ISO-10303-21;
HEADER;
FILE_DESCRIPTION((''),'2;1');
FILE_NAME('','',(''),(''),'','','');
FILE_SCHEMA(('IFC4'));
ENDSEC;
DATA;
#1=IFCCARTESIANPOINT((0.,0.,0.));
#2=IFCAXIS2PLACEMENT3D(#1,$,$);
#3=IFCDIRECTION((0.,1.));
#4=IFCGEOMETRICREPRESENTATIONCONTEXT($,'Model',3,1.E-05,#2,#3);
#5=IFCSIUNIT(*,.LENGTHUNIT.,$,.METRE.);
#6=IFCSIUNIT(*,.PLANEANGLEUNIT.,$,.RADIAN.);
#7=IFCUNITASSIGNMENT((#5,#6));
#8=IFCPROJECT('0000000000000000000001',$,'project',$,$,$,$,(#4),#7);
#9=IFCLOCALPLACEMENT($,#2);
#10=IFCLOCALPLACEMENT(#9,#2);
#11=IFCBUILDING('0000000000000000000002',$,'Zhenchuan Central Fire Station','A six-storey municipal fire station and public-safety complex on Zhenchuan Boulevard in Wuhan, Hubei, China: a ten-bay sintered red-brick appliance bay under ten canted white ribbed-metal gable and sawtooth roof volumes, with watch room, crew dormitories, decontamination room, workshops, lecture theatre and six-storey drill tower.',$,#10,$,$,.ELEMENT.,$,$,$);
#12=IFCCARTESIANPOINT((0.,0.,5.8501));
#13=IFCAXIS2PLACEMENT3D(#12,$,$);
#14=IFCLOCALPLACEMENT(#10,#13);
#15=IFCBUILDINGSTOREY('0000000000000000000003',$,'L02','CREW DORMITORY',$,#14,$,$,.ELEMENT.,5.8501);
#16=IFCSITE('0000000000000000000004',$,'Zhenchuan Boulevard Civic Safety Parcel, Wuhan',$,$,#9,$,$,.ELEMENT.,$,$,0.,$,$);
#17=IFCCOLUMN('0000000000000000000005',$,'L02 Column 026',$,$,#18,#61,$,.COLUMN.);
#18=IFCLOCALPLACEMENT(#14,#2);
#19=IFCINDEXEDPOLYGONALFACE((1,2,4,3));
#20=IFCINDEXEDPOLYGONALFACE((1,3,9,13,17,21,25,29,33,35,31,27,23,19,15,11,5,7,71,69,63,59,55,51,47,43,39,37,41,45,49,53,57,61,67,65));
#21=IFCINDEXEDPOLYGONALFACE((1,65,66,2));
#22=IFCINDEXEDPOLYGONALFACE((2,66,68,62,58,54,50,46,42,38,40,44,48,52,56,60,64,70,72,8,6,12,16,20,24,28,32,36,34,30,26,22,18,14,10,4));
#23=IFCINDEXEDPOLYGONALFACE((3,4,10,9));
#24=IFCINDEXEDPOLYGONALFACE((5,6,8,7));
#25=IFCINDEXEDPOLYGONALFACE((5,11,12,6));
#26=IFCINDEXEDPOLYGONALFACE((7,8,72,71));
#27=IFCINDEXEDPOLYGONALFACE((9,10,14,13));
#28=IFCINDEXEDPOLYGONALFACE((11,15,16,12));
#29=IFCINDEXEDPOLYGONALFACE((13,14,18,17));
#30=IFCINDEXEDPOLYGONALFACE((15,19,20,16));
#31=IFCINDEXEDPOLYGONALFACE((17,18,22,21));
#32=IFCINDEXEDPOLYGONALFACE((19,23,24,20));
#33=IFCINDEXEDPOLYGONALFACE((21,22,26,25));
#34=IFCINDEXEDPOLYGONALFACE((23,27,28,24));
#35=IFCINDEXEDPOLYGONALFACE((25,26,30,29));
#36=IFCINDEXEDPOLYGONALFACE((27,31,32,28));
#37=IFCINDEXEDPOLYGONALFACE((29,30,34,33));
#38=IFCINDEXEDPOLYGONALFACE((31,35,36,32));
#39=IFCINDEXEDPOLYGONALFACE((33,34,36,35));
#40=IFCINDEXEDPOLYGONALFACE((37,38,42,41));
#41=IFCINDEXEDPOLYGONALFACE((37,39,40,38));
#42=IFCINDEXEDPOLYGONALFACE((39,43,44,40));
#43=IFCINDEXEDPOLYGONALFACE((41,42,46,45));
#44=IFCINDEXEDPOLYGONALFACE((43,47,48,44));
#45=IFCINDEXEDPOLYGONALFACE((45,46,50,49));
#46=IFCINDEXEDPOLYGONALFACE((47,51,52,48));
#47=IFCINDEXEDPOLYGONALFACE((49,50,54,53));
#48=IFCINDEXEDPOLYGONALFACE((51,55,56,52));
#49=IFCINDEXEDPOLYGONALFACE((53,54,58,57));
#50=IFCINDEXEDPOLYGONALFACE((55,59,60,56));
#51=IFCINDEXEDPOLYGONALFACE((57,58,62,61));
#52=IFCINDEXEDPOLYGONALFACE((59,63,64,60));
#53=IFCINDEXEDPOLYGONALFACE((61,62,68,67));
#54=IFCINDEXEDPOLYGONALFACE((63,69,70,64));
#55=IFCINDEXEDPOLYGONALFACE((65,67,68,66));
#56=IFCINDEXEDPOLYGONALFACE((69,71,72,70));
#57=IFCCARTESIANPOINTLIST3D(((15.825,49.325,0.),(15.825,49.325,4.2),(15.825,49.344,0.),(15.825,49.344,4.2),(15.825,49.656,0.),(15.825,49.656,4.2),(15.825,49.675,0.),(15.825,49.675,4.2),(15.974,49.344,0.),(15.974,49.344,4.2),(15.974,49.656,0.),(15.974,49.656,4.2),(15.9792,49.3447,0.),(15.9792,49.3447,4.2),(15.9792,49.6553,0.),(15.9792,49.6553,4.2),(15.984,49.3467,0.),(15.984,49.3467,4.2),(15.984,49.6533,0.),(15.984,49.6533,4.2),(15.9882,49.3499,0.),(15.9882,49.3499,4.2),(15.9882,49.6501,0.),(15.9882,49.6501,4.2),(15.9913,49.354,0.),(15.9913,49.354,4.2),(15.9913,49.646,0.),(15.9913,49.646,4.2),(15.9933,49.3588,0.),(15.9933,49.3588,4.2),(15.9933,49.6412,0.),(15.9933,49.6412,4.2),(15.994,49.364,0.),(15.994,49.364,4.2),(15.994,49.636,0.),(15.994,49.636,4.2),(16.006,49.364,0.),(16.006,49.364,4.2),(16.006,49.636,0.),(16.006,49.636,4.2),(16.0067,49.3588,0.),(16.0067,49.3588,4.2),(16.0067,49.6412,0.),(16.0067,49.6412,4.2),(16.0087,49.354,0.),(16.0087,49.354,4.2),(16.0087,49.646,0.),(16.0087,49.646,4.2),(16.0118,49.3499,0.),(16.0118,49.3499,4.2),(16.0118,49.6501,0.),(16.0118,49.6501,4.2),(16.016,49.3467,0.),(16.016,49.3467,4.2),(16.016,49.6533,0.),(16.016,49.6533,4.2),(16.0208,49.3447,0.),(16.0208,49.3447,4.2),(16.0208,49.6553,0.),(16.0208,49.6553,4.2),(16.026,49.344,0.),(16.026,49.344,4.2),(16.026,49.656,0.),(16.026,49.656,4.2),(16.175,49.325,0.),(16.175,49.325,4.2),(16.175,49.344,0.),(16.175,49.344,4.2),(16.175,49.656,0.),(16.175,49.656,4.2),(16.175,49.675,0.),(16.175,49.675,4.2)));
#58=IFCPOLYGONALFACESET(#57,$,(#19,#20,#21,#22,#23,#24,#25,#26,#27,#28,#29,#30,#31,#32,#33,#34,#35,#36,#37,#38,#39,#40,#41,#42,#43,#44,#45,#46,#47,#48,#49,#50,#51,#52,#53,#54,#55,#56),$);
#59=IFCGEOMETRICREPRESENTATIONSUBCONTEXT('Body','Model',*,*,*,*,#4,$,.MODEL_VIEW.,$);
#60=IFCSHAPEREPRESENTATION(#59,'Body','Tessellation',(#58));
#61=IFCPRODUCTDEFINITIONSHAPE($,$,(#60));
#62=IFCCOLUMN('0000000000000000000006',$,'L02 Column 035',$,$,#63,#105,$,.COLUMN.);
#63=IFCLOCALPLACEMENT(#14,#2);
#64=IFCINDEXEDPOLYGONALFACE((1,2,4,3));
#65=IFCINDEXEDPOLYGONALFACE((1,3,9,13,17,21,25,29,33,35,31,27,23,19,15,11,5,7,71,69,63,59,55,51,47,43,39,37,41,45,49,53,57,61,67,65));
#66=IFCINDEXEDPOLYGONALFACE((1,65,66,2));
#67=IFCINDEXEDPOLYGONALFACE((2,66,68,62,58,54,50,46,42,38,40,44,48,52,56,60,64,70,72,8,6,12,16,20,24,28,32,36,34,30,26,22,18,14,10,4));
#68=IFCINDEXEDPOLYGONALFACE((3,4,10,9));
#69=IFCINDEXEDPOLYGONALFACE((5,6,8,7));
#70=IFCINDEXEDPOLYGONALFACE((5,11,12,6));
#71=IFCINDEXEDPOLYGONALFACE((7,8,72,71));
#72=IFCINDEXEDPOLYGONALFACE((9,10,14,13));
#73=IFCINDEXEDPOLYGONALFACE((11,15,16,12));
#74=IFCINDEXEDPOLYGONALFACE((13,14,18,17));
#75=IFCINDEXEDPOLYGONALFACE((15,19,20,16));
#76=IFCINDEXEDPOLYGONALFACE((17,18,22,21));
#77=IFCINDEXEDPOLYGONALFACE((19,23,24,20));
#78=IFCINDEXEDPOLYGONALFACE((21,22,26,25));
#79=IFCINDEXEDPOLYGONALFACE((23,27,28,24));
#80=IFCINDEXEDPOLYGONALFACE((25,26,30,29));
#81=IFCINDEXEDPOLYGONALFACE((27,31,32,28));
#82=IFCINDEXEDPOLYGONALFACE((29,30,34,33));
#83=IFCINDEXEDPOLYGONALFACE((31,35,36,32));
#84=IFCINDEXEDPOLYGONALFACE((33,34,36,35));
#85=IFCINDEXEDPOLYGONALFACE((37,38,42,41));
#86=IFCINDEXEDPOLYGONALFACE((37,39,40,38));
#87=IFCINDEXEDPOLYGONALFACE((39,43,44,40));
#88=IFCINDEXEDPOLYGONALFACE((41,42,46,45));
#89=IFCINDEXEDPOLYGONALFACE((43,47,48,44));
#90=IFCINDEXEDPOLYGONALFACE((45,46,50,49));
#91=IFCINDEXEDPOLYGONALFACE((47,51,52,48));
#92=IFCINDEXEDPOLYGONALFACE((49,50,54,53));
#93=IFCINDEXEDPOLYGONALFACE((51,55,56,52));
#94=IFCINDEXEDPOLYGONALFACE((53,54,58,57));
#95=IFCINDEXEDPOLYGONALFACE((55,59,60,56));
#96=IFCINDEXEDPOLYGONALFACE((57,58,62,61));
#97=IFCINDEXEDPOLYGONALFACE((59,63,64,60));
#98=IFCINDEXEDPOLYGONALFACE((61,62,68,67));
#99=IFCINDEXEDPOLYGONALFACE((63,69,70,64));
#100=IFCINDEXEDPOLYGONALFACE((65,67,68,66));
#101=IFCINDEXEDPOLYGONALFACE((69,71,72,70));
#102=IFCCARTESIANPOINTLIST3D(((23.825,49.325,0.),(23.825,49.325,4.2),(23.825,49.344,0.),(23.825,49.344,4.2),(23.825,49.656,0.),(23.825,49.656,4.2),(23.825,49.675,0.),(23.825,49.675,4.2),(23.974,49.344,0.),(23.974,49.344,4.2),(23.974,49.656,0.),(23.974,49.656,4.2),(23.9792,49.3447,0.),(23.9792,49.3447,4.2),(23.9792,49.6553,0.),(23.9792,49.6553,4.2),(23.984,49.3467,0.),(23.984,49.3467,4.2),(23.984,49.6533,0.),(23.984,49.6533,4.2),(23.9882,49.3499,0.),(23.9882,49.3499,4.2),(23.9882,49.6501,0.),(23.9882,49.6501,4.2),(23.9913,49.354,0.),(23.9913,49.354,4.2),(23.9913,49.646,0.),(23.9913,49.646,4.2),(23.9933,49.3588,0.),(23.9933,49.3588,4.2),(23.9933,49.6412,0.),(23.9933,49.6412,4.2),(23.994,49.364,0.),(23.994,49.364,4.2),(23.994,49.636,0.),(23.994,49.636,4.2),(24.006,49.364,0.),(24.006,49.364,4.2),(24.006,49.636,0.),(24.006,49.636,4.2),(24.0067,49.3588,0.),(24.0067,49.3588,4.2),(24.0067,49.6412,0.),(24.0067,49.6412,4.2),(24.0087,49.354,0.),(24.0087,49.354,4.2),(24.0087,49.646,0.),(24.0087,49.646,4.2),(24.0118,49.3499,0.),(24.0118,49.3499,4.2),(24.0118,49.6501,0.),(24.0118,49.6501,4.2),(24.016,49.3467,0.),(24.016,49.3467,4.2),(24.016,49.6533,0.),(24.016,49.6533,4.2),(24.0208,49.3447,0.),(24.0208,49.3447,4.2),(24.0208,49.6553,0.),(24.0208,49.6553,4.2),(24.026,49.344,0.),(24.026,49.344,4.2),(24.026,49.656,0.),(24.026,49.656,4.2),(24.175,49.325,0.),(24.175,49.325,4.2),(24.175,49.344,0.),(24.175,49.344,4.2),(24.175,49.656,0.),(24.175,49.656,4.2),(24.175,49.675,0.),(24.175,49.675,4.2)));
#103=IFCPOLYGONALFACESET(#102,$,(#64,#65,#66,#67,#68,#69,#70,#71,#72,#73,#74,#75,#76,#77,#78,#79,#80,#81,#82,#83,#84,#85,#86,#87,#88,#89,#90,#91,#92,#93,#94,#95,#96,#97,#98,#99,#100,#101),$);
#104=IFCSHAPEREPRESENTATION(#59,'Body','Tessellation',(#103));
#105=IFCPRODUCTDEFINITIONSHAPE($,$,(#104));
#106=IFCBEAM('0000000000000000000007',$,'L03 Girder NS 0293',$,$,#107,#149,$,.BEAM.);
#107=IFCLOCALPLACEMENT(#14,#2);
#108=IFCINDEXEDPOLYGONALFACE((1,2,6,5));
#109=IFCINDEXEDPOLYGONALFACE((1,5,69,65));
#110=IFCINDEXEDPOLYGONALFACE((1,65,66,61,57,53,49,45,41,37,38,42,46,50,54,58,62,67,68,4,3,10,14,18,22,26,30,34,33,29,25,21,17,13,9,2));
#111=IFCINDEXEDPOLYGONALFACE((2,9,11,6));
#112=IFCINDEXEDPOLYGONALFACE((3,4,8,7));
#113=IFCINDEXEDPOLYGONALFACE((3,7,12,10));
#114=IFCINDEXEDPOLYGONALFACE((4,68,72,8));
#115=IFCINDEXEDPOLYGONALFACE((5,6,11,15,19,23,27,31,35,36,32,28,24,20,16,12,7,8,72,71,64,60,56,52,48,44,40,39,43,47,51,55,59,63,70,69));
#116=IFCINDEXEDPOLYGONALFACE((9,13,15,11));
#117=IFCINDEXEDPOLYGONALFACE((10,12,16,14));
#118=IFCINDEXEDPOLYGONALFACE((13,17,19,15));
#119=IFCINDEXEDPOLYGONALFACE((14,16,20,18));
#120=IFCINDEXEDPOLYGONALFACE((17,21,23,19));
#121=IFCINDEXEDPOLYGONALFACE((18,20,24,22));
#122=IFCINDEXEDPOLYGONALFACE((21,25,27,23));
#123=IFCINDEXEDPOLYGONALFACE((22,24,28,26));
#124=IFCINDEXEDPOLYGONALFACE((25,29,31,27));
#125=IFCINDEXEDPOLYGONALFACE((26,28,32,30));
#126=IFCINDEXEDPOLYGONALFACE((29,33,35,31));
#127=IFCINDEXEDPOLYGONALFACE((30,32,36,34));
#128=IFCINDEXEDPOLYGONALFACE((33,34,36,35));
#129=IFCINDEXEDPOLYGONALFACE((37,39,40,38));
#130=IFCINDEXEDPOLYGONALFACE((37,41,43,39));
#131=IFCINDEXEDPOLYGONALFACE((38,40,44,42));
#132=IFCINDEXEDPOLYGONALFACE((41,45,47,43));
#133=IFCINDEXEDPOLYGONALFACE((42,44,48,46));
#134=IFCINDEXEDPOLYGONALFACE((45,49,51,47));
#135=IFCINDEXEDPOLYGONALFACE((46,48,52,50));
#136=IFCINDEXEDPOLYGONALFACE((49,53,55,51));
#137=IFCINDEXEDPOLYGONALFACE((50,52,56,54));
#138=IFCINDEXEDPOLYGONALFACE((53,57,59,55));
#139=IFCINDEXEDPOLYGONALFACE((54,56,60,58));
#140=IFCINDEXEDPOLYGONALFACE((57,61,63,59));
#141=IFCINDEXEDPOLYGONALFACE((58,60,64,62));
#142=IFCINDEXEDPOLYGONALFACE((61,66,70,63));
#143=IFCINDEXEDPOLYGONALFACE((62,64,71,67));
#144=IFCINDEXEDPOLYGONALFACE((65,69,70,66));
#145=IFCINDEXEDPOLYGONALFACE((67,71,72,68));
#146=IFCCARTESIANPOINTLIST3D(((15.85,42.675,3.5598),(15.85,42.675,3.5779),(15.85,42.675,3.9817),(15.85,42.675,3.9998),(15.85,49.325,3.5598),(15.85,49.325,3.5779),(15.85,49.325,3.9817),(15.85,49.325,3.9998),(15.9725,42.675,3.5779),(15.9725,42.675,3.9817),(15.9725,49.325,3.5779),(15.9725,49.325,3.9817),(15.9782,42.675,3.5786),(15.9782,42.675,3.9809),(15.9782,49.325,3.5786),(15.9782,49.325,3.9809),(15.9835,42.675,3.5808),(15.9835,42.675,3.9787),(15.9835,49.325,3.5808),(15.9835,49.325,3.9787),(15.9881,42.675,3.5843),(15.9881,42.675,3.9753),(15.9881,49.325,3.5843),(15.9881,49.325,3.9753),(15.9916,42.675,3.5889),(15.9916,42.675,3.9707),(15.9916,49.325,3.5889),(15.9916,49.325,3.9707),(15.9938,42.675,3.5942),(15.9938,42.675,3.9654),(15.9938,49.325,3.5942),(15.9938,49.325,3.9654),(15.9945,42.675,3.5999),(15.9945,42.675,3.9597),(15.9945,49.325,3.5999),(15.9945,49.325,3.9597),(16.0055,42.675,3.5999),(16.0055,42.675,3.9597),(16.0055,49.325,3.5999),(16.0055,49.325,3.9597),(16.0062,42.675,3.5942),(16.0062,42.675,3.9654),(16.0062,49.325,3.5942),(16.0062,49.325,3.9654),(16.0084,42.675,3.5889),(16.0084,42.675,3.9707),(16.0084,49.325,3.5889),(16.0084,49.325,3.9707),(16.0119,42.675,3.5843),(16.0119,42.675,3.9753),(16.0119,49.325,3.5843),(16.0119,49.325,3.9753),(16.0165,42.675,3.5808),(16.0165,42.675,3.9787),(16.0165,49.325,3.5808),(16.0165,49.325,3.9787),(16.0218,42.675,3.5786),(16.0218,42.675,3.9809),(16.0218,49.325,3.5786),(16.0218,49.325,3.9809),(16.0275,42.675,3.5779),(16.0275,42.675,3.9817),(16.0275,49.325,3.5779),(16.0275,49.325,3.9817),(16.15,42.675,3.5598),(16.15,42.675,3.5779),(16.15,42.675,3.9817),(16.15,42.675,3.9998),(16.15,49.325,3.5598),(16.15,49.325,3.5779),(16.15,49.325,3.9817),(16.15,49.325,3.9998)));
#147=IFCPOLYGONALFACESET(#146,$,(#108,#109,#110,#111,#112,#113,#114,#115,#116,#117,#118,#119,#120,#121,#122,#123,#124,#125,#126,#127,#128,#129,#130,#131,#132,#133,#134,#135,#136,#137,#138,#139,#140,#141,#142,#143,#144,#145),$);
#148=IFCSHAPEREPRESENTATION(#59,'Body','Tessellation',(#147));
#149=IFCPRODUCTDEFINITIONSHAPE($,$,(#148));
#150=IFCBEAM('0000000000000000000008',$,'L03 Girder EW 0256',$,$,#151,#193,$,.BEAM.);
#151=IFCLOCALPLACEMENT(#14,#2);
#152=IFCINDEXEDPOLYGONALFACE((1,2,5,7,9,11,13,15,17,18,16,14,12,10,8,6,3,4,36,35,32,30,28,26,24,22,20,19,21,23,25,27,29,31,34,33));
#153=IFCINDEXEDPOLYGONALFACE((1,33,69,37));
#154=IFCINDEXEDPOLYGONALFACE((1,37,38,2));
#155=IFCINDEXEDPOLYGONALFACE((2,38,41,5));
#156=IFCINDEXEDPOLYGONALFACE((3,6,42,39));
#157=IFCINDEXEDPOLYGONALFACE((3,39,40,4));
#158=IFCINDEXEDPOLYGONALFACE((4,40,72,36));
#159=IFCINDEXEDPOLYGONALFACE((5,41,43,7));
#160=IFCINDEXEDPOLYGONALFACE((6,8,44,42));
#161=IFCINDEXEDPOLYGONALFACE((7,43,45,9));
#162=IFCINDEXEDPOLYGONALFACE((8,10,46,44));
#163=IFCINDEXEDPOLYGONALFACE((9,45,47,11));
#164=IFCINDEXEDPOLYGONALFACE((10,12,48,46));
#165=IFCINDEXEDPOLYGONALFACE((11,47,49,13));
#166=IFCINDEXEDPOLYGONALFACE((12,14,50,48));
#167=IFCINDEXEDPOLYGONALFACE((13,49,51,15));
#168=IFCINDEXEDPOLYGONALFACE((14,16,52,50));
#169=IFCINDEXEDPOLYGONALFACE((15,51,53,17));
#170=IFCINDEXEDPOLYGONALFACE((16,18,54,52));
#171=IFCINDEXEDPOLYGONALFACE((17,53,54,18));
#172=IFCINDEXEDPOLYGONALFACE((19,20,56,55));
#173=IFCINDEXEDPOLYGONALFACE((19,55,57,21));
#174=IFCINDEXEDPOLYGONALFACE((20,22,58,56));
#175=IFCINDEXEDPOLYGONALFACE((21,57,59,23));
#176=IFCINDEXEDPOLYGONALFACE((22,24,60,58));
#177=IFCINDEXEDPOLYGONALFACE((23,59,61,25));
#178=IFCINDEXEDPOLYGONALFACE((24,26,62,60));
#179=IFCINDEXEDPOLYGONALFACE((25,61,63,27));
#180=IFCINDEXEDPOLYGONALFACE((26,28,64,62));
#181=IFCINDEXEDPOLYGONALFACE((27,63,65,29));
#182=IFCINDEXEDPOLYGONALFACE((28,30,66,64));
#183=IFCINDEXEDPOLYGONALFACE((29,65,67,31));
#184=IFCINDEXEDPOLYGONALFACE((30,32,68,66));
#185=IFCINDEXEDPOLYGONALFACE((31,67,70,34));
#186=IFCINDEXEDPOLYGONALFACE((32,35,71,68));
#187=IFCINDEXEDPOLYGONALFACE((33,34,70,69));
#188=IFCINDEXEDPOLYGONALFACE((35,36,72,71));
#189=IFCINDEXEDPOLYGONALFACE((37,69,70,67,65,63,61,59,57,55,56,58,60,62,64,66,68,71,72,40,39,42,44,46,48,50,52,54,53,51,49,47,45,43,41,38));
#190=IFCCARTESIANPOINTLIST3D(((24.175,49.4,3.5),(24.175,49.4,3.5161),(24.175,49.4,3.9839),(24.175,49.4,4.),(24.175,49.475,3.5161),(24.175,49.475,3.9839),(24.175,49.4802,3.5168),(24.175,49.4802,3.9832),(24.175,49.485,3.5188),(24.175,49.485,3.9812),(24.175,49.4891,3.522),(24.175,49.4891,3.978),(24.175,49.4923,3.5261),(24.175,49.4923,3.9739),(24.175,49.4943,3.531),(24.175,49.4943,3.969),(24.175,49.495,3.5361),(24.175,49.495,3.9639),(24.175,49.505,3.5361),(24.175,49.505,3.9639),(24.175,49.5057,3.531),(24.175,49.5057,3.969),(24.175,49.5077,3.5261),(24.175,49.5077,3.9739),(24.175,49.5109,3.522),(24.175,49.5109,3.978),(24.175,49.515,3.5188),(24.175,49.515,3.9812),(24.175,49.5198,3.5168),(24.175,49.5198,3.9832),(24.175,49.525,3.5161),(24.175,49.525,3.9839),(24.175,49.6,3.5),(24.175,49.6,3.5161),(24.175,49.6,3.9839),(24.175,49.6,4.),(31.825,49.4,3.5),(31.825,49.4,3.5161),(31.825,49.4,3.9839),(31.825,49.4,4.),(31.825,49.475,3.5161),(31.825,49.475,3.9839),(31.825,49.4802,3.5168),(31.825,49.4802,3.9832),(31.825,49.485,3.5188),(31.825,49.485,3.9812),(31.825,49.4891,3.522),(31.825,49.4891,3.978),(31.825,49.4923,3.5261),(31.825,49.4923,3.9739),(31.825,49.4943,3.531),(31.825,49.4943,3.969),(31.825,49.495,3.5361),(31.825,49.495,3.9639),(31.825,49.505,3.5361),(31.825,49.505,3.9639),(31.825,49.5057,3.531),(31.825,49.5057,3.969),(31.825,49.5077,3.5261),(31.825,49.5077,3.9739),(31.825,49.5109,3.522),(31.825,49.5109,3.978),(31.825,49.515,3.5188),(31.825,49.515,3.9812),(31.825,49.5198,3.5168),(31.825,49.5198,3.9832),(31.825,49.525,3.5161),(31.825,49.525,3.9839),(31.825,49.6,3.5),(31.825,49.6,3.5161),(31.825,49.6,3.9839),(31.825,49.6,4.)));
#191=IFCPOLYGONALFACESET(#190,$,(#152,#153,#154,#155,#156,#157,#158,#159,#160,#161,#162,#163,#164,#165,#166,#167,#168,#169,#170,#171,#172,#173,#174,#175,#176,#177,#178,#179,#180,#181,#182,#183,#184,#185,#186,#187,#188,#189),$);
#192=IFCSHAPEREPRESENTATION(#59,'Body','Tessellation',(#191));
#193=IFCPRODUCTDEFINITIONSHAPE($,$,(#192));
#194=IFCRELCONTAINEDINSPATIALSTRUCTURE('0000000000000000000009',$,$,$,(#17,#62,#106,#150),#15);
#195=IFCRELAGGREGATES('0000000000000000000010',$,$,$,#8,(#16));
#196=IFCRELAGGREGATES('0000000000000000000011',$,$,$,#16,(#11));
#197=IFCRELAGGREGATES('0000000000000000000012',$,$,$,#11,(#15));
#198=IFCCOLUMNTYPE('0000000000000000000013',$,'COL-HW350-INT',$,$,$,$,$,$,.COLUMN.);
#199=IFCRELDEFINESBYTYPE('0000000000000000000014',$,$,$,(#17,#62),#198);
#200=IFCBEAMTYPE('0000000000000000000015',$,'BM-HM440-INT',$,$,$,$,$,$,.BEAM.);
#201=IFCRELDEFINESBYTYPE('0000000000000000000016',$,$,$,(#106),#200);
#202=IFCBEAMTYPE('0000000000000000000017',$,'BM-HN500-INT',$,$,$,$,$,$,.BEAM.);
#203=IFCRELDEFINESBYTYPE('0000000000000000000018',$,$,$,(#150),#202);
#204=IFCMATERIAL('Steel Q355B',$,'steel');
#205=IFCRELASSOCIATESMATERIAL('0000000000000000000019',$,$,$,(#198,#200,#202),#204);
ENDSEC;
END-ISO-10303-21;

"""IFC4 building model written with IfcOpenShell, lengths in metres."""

from ifc_helpers import new_model, si_unit, direction, frame, origin, origin_2d, place, context, subcontext, project, spatial, i_section, extrude, material, material_profile, profile_set, type_object, element, save


model = new_model("IFC4")

# Units and contexts
model_context = context("Model", 3, precision=1e-05, world=origin(), true_north=direction((0.0, 1.0)))
body_context = subcontext(model_context, "Body", "Model", "MODEL_VIEW")
ifc_project = project(units=[si_unit("LENGTHUNIT", "METRE"), si_unit("PLANEANGLEUNIT", "RADIAN")], contexts=[model_context])

# Site, building, storey
site_placement = place(None, origin())
site = spatial("IfcSite", under=ifc_project, at=site_placement, Name="Zhenchuan Boulevard Civic Safety Parcel, Wuhan", CompositionType="ELEMENT", RefElevation=0.0)
building_placement = place(site_placement, origin())
building = spatial("IfcBuilding", under=site, at=building_placement, Name="Zhenchuan Central Fire Station", Description="A six-storey municipal fire station and public-safety complex on Zhenchuan Boulevard in Wuhan, Hubei, China: a ten-bay sintered red-brick appliance bay under ten canted white ribbed-metal gable and sawtooth roof volumes, with watch room, crew dormitories, decontamination room, workshops, lecture theatre and six-storey drill tower.", CompositionType="ELEMENT")
storey_placement = place(building_placement, frame((0.0, 0.0, 5.8501)))
storey = spatial("IfcBuildingStorey", under=building, at=storey_placement, Name="L02", Description="CREW DORMITORY", CompositionType="ELEMENT", Elevation=5.8501)

# Columns
ifc_material_1 = material(Name="Steel Q355B", Category="steel")
ifc_material_profile_1 = material_profile(ifc_material_1, i_section(OverallWidth=0.3501, OverallDepth=0.3501, WebThickness=0.012, FlangeThickness=0.019, FilletRadius=0.02, at=origin_2d()), Name="HW 350x350")
ifc_profile_set_1 = profile_set([ifc_material_profile_1], Name="Steel Q355B")
column_type = type_object("IfcColumnType", Name="COL-HW350-INT", PredefinedType="COLUMN", material=ifc_profile_set_1)
for number, where, z_axis, x_axis, name in (
    (1, (16.0, 49.5, 0.0), (0.0, 0.0, 1.0), (1.0, 0.0, 0.0), "L02 Column 026"),
    (2, (24.0, 49.5, 0.0), (0.0, 0.0, 1.0), (1.0, 0.0, 0.0), "L02 Column 035"),
):
    element("IfcColumn", number, at=place(storey_placement, frame(where, z_axis=z_axis, x_axis=x_axis)), inside=storey, type_object=column_type, Name=name, PredefinedType="COLUMN", context=body_context, shape_type="SweptSolid", body=[
        extrude(i_section(OverallWidth=0.3501, OverallDepth=0.3501, WebThickness=0.012, FlangeThickness=0.019, FilletRadius=0.02, at=origin_2d()), origin(), (0.0, 0.0, 1.0), 4.2),
    ])

# Beams
ifc_material_profile_2 = material_profile(ifc_material_1, i_section(OverallWidth=0.3, OverallDepth=0.4399, WebThickness=0.011, FlangeThickness=0.0181, FilletRadius=0.022, at=origin_2d()), Name="HM 440x300")
ifc_profile_set_2 = profile_set([ifc_material_profile_2], Name="Steel Q355B")
beam_type_1 = type_object("IfcBeamType", Name="BM-HM440-INT", PredefinedType="BEAM", material=ifc_profile_set_2)
beam_1_placement = place(storey_placement, frame((16.0, 42.675, 3.7798), z_axis=(0.0, 1.0, 0.0), x_axis=(-1.0, 0.0, 0.0)))
element("IfcBeam", 3, at=beam_1_placement, inside=storey, type_object=beam_type_1, Name="L03 Girder NS 0293", PredefinedType="BEAM", context=body_context, shape_type="SweptSolid", body=[
    extrude(i_section(OverallWidth=0.3, OverallDepth=0.4399, WebThickness=0.011, FlangeThickness=0.0181, FilletRadius=0.022, at=origin_2d()), origin(), (0.0, 0.0, 1.0), 6.6499),
])
ifc_material_profile_3 = material_profile(ifc_material_1, i_section(OverallWidth=0.2, OverallDepth=0.5, WebThickness=0.01, FlangeThickness=0.0161, FilletRadius=0.02, at=origin_2d()), Name="HN 500x200")
ifc_profile_set_3 = profile_set([ifc_material_profile_3], Name="Steel Q355B")
beam_type_2 = type_object("IfcBeamType", Name="BM-HN500-INT", PredefinedType="BEAM", material=ifc_profile_set_3)
beam_2_placement = place(storey_placement, frame((24.175, 49.5, 3.75), z_axis=(1.0, 0.0, 0.0), x_axis=(0.0, 1.0, 0.0)))
element("IfcBeam", 4, at=beam_2_placement, inside=storey, type_object=beam_type_2, Name="L03 Girder EW 0256", PredefinedType="BEAM", context=body_context, shape_type="SweptSolid", body=[
    extrude(i_section(OverallWidth=0.2, OverallDepth=0.5, WebThickness=0.01, FlangeThickness=0.0161, FilletRadius=0.02, at=origin_2d()), origin(), (0.0, 0.0, 1.0), 7.6499),
])

save(model, "model.ifc")
